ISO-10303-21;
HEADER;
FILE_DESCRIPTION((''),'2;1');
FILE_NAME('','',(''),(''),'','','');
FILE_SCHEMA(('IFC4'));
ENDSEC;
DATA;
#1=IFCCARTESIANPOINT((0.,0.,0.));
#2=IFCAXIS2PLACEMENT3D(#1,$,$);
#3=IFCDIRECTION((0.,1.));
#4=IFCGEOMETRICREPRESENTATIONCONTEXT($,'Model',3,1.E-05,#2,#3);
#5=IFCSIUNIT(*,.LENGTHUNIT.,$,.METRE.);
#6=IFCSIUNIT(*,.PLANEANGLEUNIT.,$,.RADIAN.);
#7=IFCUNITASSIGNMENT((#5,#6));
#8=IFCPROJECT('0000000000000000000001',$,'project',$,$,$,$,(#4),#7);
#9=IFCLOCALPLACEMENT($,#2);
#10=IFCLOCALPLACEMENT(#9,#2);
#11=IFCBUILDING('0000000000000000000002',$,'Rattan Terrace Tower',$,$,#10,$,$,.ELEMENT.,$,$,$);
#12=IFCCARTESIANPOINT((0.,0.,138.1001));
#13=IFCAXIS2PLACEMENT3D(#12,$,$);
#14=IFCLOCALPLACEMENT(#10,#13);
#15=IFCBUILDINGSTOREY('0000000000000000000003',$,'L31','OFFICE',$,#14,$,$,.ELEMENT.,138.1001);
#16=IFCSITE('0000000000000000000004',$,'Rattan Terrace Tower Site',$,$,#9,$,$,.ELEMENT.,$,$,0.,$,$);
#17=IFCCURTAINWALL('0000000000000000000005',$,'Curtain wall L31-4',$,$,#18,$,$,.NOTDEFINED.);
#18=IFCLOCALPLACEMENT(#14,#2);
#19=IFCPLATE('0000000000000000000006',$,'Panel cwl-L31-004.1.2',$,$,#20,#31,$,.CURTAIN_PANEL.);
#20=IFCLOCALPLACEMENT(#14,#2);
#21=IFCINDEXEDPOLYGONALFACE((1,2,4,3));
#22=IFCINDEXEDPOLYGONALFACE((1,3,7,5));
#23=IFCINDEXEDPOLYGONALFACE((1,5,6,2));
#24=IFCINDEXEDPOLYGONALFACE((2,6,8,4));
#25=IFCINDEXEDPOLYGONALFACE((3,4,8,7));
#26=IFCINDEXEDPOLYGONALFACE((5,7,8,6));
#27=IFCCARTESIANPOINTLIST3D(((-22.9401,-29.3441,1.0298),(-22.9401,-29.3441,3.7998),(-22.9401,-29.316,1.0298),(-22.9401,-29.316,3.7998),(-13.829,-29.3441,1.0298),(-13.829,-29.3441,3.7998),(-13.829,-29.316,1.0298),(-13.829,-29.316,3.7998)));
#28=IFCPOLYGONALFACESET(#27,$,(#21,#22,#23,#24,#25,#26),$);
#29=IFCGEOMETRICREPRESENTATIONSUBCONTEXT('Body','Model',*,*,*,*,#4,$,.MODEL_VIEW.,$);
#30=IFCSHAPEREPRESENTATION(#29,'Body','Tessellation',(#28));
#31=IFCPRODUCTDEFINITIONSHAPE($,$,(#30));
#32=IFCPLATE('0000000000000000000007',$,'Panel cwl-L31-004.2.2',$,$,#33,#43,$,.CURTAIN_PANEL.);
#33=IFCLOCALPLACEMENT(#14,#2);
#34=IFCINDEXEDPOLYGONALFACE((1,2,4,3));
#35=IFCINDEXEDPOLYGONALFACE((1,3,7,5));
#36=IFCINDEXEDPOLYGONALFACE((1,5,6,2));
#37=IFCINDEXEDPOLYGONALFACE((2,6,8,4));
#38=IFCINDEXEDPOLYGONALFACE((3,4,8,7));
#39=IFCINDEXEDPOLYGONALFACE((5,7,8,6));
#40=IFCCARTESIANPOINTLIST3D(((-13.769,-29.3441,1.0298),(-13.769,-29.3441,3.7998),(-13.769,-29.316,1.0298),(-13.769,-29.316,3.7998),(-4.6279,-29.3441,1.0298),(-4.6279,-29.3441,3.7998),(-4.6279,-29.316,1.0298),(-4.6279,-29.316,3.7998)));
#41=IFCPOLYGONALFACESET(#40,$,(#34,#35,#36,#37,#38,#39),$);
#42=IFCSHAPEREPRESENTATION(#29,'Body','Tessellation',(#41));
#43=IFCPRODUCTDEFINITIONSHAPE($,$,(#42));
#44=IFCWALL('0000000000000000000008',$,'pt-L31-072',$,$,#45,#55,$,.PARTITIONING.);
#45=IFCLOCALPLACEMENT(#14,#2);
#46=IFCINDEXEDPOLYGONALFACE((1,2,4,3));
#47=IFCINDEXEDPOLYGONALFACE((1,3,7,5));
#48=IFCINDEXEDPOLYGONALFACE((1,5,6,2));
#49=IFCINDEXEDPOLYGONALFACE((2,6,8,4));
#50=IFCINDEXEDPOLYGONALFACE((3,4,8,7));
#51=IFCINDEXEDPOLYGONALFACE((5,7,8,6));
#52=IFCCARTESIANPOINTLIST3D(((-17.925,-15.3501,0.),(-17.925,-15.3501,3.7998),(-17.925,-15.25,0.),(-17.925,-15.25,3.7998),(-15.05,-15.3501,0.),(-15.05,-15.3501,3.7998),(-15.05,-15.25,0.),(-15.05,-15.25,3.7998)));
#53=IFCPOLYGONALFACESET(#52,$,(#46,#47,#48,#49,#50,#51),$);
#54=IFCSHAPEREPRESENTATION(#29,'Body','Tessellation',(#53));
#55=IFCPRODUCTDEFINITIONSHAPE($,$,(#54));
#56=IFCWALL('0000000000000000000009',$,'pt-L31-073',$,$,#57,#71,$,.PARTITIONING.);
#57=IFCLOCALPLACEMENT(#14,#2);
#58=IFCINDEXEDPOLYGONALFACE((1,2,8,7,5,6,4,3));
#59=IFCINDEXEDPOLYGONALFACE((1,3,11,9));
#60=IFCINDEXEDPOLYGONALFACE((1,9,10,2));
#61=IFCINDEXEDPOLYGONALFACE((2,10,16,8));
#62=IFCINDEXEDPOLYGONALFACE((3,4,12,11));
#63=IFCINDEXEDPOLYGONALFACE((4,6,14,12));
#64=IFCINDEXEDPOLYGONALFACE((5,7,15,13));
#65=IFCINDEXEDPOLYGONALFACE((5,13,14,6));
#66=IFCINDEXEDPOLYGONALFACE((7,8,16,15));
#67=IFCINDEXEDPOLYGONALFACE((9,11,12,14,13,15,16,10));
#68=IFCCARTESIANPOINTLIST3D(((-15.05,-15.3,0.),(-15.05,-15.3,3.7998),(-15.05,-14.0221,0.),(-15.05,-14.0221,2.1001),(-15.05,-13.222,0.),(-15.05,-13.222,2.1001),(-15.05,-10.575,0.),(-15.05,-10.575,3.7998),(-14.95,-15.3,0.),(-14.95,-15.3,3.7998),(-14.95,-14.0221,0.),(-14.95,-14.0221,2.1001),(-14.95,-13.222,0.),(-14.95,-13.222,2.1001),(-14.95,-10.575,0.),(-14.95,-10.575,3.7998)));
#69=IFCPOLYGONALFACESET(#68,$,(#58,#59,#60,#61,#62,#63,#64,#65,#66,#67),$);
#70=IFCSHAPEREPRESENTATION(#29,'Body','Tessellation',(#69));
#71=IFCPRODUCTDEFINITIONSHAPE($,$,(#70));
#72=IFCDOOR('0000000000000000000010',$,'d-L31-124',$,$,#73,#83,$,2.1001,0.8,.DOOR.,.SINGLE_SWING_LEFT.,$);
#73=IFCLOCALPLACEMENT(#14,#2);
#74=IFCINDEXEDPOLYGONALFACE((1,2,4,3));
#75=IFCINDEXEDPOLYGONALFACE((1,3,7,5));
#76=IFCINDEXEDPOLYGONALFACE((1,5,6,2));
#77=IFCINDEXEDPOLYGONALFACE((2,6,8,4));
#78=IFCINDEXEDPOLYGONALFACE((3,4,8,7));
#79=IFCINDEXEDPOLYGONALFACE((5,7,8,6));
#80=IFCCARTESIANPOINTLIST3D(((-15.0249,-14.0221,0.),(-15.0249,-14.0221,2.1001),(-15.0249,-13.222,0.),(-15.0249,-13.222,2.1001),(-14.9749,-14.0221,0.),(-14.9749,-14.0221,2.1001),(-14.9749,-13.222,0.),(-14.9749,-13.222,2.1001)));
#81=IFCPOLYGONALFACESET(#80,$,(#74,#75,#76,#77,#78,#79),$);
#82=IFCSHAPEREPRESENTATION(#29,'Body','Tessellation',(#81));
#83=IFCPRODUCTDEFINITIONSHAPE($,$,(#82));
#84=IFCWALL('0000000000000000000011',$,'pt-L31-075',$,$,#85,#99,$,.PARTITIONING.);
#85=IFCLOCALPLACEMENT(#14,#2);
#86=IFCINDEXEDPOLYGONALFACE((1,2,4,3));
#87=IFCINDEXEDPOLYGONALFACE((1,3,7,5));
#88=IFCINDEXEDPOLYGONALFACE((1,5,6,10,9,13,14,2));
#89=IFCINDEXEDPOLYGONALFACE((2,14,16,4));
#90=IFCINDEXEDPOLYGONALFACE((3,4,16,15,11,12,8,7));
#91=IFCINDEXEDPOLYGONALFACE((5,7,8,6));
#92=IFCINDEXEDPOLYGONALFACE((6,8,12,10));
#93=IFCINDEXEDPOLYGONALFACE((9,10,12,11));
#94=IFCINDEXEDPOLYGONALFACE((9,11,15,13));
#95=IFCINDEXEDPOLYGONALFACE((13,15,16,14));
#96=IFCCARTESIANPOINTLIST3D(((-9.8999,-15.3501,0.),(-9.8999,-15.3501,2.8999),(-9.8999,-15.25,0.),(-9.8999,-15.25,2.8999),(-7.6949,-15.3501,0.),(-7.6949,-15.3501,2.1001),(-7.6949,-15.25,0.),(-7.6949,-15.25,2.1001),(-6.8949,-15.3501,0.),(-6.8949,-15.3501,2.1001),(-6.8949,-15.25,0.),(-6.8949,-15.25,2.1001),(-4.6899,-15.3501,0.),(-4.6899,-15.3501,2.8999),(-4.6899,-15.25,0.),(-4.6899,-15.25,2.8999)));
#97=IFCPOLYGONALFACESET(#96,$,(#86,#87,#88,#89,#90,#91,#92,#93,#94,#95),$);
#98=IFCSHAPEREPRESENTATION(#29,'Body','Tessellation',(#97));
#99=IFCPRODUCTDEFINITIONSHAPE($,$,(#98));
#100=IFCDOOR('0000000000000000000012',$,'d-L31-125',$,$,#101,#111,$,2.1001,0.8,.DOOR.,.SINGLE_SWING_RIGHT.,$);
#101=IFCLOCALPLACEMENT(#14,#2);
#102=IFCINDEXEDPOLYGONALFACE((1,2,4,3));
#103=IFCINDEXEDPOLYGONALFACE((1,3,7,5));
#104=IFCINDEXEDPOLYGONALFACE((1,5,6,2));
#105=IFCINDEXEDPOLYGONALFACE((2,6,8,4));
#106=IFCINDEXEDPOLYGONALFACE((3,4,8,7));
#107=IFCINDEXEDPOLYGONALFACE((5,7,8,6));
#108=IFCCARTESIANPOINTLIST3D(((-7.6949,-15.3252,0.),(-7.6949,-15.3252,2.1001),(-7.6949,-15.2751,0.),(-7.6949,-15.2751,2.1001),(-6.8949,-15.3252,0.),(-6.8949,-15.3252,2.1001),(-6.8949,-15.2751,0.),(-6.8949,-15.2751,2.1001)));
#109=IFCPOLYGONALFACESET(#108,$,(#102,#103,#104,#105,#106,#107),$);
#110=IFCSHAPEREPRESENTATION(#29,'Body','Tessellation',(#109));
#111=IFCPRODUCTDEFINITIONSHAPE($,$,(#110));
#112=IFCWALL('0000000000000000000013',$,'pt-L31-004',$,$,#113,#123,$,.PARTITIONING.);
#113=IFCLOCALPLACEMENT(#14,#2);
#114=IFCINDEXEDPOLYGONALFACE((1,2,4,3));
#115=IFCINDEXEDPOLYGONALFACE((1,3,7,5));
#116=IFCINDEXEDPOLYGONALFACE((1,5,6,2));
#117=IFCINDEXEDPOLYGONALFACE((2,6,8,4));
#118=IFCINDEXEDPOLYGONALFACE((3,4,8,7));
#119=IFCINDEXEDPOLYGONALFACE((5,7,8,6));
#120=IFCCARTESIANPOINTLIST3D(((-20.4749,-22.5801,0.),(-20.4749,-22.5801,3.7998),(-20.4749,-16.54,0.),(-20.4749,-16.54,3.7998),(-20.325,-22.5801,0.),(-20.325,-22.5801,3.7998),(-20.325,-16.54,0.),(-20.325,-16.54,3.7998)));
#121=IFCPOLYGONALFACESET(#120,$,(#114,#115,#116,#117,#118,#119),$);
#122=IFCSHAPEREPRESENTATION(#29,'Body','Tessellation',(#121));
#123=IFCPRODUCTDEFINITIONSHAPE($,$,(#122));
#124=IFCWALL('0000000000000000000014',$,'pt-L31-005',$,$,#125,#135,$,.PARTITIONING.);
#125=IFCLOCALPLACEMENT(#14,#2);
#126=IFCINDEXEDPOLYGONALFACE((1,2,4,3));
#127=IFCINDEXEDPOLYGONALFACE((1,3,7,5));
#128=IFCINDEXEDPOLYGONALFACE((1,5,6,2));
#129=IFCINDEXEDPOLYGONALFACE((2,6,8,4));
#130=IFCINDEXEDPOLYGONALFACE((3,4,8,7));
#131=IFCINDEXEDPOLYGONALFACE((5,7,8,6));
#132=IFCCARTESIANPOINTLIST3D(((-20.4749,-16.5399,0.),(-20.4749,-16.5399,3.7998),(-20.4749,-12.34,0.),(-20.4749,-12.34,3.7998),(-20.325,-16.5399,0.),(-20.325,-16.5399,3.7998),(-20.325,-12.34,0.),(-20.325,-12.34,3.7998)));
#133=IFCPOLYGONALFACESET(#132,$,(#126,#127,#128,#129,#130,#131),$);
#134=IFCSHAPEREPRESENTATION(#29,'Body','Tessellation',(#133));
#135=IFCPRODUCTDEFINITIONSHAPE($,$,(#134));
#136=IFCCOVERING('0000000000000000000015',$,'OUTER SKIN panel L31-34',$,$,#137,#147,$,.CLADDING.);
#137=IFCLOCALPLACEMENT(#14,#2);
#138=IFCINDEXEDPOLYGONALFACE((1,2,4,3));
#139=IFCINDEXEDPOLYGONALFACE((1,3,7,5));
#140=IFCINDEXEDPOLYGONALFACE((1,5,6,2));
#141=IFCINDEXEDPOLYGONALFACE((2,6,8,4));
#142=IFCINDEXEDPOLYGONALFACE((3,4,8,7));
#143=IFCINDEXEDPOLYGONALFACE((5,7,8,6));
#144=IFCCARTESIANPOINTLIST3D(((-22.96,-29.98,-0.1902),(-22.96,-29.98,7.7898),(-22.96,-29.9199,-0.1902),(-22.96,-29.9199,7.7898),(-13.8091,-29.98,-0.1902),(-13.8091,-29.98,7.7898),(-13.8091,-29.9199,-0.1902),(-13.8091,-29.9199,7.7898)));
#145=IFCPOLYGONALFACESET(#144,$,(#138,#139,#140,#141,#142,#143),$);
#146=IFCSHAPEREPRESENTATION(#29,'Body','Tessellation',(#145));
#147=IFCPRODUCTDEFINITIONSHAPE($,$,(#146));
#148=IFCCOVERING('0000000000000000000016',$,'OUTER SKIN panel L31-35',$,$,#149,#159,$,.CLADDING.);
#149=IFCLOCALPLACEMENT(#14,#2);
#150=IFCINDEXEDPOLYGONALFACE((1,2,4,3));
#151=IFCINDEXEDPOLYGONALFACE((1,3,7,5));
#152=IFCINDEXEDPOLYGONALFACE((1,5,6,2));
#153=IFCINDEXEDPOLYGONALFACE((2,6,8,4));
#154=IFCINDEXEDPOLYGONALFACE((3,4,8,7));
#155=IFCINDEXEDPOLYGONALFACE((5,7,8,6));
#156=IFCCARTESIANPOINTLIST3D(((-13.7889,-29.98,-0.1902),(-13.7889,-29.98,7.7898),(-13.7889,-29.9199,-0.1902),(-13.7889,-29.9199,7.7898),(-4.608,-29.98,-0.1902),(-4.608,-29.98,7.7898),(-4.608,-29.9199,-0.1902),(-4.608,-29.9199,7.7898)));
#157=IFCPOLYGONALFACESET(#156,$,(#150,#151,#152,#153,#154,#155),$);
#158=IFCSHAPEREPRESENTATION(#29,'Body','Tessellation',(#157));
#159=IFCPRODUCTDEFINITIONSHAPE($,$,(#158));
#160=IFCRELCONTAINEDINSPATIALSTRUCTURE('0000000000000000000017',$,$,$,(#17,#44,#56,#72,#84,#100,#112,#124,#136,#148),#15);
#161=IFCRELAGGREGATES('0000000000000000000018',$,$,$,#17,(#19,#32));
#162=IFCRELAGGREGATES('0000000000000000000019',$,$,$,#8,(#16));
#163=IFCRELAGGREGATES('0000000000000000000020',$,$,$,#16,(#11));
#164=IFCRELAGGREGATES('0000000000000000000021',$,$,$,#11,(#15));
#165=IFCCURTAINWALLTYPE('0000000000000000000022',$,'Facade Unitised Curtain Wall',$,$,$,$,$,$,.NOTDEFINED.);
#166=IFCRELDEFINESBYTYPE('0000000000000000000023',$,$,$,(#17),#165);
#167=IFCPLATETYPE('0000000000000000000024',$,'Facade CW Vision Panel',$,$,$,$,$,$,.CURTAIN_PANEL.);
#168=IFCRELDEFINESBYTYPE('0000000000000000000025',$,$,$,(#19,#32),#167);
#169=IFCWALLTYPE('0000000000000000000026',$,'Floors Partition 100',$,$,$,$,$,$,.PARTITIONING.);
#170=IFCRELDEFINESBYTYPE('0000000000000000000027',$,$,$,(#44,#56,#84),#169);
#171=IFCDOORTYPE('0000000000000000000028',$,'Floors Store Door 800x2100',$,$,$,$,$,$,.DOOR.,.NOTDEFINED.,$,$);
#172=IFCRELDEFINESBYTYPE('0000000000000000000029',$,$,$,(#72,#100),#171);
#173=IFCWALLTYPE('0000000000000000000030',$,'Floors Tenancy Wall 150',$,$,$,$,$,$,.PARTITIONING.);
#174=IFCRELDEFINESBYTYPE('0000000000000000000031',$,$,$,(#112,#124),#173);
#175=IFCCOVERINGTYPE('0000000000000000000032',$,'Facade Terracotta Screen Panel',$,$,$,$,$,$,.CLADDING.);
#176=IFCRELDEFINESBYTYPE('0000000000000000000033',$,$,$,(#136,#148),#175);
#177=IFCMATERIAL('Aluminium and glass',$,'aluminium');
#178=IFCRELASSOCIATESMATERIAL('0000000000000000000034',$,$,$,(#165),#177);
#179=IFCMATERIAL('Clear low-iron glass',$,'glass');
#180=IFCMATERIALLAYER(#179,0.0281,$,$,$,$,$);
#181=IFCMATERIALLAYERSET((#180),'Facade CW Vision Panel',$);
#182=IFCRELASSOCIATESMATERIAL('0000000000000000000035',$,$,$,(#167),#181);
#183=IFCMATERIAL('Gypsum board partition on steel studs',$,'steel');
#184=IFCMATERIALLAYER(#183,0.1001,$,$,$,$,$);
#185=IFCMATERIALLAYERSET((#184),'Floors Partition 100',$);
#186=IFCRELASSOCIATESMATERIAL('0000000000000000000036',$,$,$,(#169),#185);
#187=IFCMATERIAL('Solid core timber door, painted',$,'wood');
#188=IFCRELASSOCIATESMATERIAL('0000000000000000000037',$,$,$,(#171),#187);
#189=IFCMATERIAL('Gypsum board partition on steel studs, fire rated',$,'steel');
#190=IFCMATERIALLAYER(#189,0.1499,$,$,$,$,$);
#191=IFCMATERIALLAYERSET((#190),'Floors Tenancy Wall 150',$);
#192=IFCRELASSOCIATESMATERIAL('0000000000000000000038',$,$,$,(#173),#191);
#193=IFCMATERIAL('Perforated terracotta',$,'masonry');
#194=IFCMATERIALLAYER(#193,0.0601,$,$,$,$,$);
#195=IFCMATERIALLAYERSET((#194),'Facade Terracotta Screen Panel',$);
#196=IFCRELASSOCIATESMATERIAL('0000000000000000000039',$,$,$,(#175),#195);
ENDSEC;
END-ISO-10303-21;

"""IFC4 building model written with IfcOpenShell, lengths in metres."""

from ifc_helpers import new_model, si_unit, direction, frame, frame_2d, origin, origin_2d, place, context, subcontext, project, spatial, rectangle, extrude, material, layer, layer_set, type_object, element, fill, aggregate, save


model = new_model("IFC4")

# Units and contexts
model_context = context("Model", 3, precision=1e-05, world=origin(), true_north=direction((0.0, 1.0)))
body_context = subcontext(model_context, "Body", "Model", "MODEL_VIEW")
ifc_project = project(units=[si_unit("LENGTHUNIT", "METRE"), si_unit("PLANEANGLEUNIT", "RADIAN")], contexts=[model_context])

# Site, building, storey
site_placement = place(None, origin())
site = spatial("IfcSite", under=ifc_project, at=site_placement, Name="Rattan Terrace Tower Site", CompositionType="ELEMENT", RefElevation=0.0)
building_placement = place(site_placement, origin())
building = spatial("IfcBuilding", under=site, at=building_placement, Name="Rattan Terrace Tower", CompositionType="ELEMENT")
storey_placement = place(building_placement, frame((0.0, 0.0, 138.1001)))
storey = spatial("IfcBuildingStorey", under=building, at=storey_placement, Name="L31", Description="OFFICE", CompositionType="ELEMENT", Elevation=138.1001)

# Curtain wall
ifc_material_1 = material(Name="Aluminium and glass", Category="aluminium")
curtain_wall_type = type_object("IfcCurtainWallType", Name="Facade Unitised Curtain Wall", PredefinedType="NOTDEFINED", material=ifc_material_1)
curtain_wall_placement = place(storey_placement, origin())
curtain_wall = element("IfcCurtainWall", 1, at=curtain_wall_placement, inside=storey, type_object=curtain_wall_type, Name="Curtain wall L31-4", PredefinedType="NOTDEFINED")

# Plates
ifc_material_2 = material(Name="Clear low-iron glass", Category="glass")
ifc_layer_1 = layer(ifc_material_2, 0.0281)
ifc_layer_set_1 = layer_set([ifc_layer_1], Name="Facade CW Vision Panel")
plate_type_1 = type_object("IfcPlateType", Name="Facade CW Vision Panel", PredefinedType="CURTAIN_PANEL", material=ifc_layer_set_1)
plate_1_placement = place(storey_placement, frame((-18.3845, -29.3301, 1.0298), z_axis=(0.0, 0.0, 1.0), x_axis=(1.0, 0.0, 0.0)))
plate_1 = element("IfcPlate", 2, at=plate_1_placement, type_object=plate_type_1, Name="Panel cwl-L31-004.1.2", PredefinedType="CURTAIN_PANEL", context=body_context, shape_type="SweptSolid", body=[
    extrude(rectangle(XDim=9.1111, YDim=0.0281, at=origin_2d()), origin(), (0.0, 0.0, 1.0), 2.77),
])
plate_2_placement = place(storey_placement, frame((-9.1985, -29.3301, 1.0298), z_axis=(0.0, 0.0, 1.0), x_axis=(1.0, 0.0, 0.0)))
plate_2 = element("IfcPlate", 3, at=plate_2_placement, type_object=plate_type_1, Name="Panel cwl-L31-004.2.2", PredefinedType="CURTAIN_PANEL", context=body_context, shape_type="SweptSolid", body=[
    extrude(rectangle(XDim=9.1411, YDim=0.0281, at=origin_2d()), origin(), (0.0, 0.0, 1.0), 2.77),
])
aggregate(curtain_wall, [plate_1, plate_2])

# Wall
ifc_material_3 = material(Name="Gypsum board partition on steel studs", Category="steel")
ifc_layer_2 = layer(ifc_material_3, 0.1001)
ifc_layer_set_2 = layer_set([ifc_layer_2], Name="Floors Partition 100")
wall_type_1 = type_object("IfcWallType", Name="Floors Partition 100", PredefinedType="PARTITIONING", material=ifc_layer_set_2)
wall_1_placement = place(storey_placement, frame((-17.925, -15.3, 0.0), z_axis=(0.0, 0.0, 1.0), x_axis=(1.0, 0.0, 0.0)))
element("IfcWall", 4, at=wall_1_placement, inside=storey, type_object=wall_type_1, Name="pt-L31-072", PredefinedType="PARTITIONING", context=body_context, shape_type="SweptSolid", body=[
    extrude(rectangle(XDim=2.875, YDim=0.1001, at=frame_2d((1.4375, 0.0))), origin(), (0.0, 0.0, 1.0), 3.7998),
])

# Walls, openings, doors
wall_2_placement = place(storey_placement, frame((-15.0, -15.3, 0.0), z_axis=(0.0, 0.0, 1.0), x_axis=(0.0, 1.0, 0.0)))
wall_2 = element("IfcWall", 5, at=wall_2_placement, inside=storey, type_object=wall_type_1, Name="pt-L31-073", PredefinedType="PARTITIONING", context=body_context, shape_type="SweptSolid", body=[
    extrude(rectangle(XDim=4.7251, YDim=0.1001, at=frame_2d((2.3625, 0.0))), origin(), (0.0, 0.0, 1.0), 3.7998),
])
opening_1_placement = place(wall_2_placement, frame((1.2781, 0.0, 0.0)))
opening_1 = element("IfcOpeningElement", 6, at=opening_1_placement, cuts=wall_2, PredefinedType="OPENING", context=body_context, shape_type="SweptSolid", body=[
    extrude(rectangle(XDim=0.8, YDim=2.1001, at=frame_2d((0.3999, 1.05))), frame((0.0, 0.0605, 0.0), z_axis=(0.0, -1.0, 0.0), x_axis=(1.0, 0.0, 0.0)), (0.0, 0.0, 1.0), 0.1211),
])
ifc_material_4 = material(Name="Solid core timber door, painted", Category="wood")
door_type = type_object("IfcDoorType", Name="Floors Store Door 800x2100", OperationType="NOTDEFINED", PredefinedType="DOOR", material=ifc_material_4)
door_1_placement = place(opening_1_placement, origin())
door_1 = element("IfcDoor", 7, at=door_1_placement, inside=storey, type_object=door_type, Name="d-L31-124", OperationType="SINGLE_SWING_LEFT", OverallHeight=2.1001, OverallWidth=0.8, PredefinedType="DOOR", context=body_context, shape_type="SweptSolid", body=[
    extrude(rectangle(XDim=0.8, YDim=2.1001, at=frame_2d((0.3999, 1.05))), frame((0.0, 0.0249, 0.0), z_axis=(0.0, -1.0, 0.0), x_axis=(1.0, 0.0, 0.0)), (0.0, 0.0, 1.0), 0.05),
])
fill(opening_1, door_1)
wall_3_placement = place(storey_placement, frame((-9.8999, -15.3, 0.0), z_axis=(0.0, 0.0, 1.0), x_axis=(1.0, 0.0, 0.0)))
wall_3 = element("IfcWall", 8, at=wall_3_placement, inside=storey, type_object=wall_type_1, Name="pt-L31-075", PredefinedType="PARTITIONING", context=body_context, shape_type="SweptSolid", body=[
    extrude(rectangle(XDim=5.21, YDim=0.1001, at=frame_2d((2.605, 0.0))), origin(), (0.0, 0.0, 1.0), 2.8999),
])
opening_2_placement = place(wall_3_placement, frame((2.2051, 0.0, 0.0)))
opening_2 = element("IfcOpeningElement", 9, at=opening_2_placement, cuts=wall_3, PredefinedType="OPENING", context=body_context, shape_type="SweptSolid", body=[
    extrude(rectangle(XDim=0.8, YDim=2.1001, at=frame_2d((0.3999, 1.05))), frame((0.0, 0.0605, 0.0), z_axis=(0.0, -1.0, 0.0), x_axis=(1.0, 0.0, 0.0)), (0.0, 0.0, 1.0), 0.1211),
])
door_2_placement = place(opening_2_placement, origin())
door_2 = element("IfcDoor", 10, at=door_2_placement, inside=storey, type_object=door_type, Name="d-L31-125", OperationType="SINGLE_SWING_RIGHT", OverallHeight=2.1001, OverallWidth=0.8, PredefinedType="DOOR", context=body_context, shape_type="SweptSolid", body=[
    extrude(rectangle(XDim=0.8, YDim=2.1001, at=frame_2d((0.3999, 1.05))), frame((0.0, 0.0249, 0.0), z_axis=(0.0, -1.0, 0.0), x_axis=(1.0, 0.0, 0.0)), (0.0, 0.0, 1.0), 0.05),
])
fill(opening_2, door_2)

# Walls
ifc_material_5 = material(Name="Gypsum board partition on steel studs, fire rated", Category="steel")
ifc_layer_3 = layer(ifc_material_5, 0.1499)
ifc_layer_set_3 = layer_set([ifc_layer_3], Name="Floors Tenancy Wall 150")
wall_type_2 = type_object("IfcWallType", Name="Floors Tenancy Wall 150", PredefinedType="PARTITIONING", material=ifc_layer_set_3)
wall_4_placement = place(storey_placement, frame((-20.3999, -22.5801, 0.0), z_axis=(0.0, 0.0, 1.0), x_axis=(0.0, 1.0, 0.0)))
element("IfcWall", 11, at=wall_4_placement, inside=storey, type_object=wall_type_2, Name="pt-L31-004", PredefinedType="PARTITIONING", context=body_context, shape_type="SweptSolid", body=[
    extrude(rectangle(XDim=6.04, YDim=0.1499, at=frame_2d((3.02, 0.0))), origin(), (0.0, 0.0, 1.0), 3.7998),
])
wall_5_placement = place(storey_placement, frame((-20.3999, -16.54, 0.0), z_axis=(0.0, 0.0, 1.0), x_axis=(0.0, 1.0, 0.0)))
element("IfcWall", 12, at=wall_5_placement, inside=storey, type_object=wall_type_2, Name="pt-L31-005", PredefinedType="PARTITIONING", context=body_context, shape_type="SweptSolid", body=[
    extrude(rectangle(XDim=4.2, YDim=0.1499, at=frame_2d((2.1001, 0.0))), origin(), (0.0, 0.0, 1.0), 3.7998),
])

# Coverings
ifc_material_6 = material(Name="Perforated terracotta", Category="masonry")
ifc_layer_4 = layer(ifc_material_6, 0.0601)
ifc_layer_set_4 = layer_set([ifc_layer_4], Name="Facade Terracotta Screen Panel")
covering_type = type_object("IfcCoveringType", Name="Facade Terracotta Screen Panel", PredefinedType="CLADDING", material=ifc_layer_set_4)
covering_1_placement = place(storey_placement, frame((-18.3845, -29.95, -0.1902), z_axis=(0.0, 0.0, 1.0), x_axis=(1.0, 0.0, 0.0)))
element("IfcCovering", 13, at=covering_1_placement, inside=storey, type_object=covering_type, Name="OUTER SKIN panel L31-34", PredefinedType="CLADDING", context=body_context, shape_type="SweptSolid", body=[
    extrude(rectangle(XDim=9.1509, YDim=0.0601, at=origin_2d()), origin(), (0.0, 0.0, 1.0), 7.98),
])
covering_2_placement = place(storey_placement, frame((-9.1985, -29.95, -0.1902), z_axis=(0.0, 0.0, 1.0), x_axis=(1.0, 0.0, 0.0)))
element("IfcCovering", 14, at=covering_2_placement, inside=storey, type_object=covering_type, Name="OUTER SKIN panel L31-35", PredefinedType="CLADDING", context=body_context, shape_type="SweptSolid", body=[
    extrude(rectangle(XDim=9.1809, YDim=0.0601, at=origin_2d()), origin(), (0.0, 0.0, 1.0), 7.98),
])

save(model, "model.ifc")
